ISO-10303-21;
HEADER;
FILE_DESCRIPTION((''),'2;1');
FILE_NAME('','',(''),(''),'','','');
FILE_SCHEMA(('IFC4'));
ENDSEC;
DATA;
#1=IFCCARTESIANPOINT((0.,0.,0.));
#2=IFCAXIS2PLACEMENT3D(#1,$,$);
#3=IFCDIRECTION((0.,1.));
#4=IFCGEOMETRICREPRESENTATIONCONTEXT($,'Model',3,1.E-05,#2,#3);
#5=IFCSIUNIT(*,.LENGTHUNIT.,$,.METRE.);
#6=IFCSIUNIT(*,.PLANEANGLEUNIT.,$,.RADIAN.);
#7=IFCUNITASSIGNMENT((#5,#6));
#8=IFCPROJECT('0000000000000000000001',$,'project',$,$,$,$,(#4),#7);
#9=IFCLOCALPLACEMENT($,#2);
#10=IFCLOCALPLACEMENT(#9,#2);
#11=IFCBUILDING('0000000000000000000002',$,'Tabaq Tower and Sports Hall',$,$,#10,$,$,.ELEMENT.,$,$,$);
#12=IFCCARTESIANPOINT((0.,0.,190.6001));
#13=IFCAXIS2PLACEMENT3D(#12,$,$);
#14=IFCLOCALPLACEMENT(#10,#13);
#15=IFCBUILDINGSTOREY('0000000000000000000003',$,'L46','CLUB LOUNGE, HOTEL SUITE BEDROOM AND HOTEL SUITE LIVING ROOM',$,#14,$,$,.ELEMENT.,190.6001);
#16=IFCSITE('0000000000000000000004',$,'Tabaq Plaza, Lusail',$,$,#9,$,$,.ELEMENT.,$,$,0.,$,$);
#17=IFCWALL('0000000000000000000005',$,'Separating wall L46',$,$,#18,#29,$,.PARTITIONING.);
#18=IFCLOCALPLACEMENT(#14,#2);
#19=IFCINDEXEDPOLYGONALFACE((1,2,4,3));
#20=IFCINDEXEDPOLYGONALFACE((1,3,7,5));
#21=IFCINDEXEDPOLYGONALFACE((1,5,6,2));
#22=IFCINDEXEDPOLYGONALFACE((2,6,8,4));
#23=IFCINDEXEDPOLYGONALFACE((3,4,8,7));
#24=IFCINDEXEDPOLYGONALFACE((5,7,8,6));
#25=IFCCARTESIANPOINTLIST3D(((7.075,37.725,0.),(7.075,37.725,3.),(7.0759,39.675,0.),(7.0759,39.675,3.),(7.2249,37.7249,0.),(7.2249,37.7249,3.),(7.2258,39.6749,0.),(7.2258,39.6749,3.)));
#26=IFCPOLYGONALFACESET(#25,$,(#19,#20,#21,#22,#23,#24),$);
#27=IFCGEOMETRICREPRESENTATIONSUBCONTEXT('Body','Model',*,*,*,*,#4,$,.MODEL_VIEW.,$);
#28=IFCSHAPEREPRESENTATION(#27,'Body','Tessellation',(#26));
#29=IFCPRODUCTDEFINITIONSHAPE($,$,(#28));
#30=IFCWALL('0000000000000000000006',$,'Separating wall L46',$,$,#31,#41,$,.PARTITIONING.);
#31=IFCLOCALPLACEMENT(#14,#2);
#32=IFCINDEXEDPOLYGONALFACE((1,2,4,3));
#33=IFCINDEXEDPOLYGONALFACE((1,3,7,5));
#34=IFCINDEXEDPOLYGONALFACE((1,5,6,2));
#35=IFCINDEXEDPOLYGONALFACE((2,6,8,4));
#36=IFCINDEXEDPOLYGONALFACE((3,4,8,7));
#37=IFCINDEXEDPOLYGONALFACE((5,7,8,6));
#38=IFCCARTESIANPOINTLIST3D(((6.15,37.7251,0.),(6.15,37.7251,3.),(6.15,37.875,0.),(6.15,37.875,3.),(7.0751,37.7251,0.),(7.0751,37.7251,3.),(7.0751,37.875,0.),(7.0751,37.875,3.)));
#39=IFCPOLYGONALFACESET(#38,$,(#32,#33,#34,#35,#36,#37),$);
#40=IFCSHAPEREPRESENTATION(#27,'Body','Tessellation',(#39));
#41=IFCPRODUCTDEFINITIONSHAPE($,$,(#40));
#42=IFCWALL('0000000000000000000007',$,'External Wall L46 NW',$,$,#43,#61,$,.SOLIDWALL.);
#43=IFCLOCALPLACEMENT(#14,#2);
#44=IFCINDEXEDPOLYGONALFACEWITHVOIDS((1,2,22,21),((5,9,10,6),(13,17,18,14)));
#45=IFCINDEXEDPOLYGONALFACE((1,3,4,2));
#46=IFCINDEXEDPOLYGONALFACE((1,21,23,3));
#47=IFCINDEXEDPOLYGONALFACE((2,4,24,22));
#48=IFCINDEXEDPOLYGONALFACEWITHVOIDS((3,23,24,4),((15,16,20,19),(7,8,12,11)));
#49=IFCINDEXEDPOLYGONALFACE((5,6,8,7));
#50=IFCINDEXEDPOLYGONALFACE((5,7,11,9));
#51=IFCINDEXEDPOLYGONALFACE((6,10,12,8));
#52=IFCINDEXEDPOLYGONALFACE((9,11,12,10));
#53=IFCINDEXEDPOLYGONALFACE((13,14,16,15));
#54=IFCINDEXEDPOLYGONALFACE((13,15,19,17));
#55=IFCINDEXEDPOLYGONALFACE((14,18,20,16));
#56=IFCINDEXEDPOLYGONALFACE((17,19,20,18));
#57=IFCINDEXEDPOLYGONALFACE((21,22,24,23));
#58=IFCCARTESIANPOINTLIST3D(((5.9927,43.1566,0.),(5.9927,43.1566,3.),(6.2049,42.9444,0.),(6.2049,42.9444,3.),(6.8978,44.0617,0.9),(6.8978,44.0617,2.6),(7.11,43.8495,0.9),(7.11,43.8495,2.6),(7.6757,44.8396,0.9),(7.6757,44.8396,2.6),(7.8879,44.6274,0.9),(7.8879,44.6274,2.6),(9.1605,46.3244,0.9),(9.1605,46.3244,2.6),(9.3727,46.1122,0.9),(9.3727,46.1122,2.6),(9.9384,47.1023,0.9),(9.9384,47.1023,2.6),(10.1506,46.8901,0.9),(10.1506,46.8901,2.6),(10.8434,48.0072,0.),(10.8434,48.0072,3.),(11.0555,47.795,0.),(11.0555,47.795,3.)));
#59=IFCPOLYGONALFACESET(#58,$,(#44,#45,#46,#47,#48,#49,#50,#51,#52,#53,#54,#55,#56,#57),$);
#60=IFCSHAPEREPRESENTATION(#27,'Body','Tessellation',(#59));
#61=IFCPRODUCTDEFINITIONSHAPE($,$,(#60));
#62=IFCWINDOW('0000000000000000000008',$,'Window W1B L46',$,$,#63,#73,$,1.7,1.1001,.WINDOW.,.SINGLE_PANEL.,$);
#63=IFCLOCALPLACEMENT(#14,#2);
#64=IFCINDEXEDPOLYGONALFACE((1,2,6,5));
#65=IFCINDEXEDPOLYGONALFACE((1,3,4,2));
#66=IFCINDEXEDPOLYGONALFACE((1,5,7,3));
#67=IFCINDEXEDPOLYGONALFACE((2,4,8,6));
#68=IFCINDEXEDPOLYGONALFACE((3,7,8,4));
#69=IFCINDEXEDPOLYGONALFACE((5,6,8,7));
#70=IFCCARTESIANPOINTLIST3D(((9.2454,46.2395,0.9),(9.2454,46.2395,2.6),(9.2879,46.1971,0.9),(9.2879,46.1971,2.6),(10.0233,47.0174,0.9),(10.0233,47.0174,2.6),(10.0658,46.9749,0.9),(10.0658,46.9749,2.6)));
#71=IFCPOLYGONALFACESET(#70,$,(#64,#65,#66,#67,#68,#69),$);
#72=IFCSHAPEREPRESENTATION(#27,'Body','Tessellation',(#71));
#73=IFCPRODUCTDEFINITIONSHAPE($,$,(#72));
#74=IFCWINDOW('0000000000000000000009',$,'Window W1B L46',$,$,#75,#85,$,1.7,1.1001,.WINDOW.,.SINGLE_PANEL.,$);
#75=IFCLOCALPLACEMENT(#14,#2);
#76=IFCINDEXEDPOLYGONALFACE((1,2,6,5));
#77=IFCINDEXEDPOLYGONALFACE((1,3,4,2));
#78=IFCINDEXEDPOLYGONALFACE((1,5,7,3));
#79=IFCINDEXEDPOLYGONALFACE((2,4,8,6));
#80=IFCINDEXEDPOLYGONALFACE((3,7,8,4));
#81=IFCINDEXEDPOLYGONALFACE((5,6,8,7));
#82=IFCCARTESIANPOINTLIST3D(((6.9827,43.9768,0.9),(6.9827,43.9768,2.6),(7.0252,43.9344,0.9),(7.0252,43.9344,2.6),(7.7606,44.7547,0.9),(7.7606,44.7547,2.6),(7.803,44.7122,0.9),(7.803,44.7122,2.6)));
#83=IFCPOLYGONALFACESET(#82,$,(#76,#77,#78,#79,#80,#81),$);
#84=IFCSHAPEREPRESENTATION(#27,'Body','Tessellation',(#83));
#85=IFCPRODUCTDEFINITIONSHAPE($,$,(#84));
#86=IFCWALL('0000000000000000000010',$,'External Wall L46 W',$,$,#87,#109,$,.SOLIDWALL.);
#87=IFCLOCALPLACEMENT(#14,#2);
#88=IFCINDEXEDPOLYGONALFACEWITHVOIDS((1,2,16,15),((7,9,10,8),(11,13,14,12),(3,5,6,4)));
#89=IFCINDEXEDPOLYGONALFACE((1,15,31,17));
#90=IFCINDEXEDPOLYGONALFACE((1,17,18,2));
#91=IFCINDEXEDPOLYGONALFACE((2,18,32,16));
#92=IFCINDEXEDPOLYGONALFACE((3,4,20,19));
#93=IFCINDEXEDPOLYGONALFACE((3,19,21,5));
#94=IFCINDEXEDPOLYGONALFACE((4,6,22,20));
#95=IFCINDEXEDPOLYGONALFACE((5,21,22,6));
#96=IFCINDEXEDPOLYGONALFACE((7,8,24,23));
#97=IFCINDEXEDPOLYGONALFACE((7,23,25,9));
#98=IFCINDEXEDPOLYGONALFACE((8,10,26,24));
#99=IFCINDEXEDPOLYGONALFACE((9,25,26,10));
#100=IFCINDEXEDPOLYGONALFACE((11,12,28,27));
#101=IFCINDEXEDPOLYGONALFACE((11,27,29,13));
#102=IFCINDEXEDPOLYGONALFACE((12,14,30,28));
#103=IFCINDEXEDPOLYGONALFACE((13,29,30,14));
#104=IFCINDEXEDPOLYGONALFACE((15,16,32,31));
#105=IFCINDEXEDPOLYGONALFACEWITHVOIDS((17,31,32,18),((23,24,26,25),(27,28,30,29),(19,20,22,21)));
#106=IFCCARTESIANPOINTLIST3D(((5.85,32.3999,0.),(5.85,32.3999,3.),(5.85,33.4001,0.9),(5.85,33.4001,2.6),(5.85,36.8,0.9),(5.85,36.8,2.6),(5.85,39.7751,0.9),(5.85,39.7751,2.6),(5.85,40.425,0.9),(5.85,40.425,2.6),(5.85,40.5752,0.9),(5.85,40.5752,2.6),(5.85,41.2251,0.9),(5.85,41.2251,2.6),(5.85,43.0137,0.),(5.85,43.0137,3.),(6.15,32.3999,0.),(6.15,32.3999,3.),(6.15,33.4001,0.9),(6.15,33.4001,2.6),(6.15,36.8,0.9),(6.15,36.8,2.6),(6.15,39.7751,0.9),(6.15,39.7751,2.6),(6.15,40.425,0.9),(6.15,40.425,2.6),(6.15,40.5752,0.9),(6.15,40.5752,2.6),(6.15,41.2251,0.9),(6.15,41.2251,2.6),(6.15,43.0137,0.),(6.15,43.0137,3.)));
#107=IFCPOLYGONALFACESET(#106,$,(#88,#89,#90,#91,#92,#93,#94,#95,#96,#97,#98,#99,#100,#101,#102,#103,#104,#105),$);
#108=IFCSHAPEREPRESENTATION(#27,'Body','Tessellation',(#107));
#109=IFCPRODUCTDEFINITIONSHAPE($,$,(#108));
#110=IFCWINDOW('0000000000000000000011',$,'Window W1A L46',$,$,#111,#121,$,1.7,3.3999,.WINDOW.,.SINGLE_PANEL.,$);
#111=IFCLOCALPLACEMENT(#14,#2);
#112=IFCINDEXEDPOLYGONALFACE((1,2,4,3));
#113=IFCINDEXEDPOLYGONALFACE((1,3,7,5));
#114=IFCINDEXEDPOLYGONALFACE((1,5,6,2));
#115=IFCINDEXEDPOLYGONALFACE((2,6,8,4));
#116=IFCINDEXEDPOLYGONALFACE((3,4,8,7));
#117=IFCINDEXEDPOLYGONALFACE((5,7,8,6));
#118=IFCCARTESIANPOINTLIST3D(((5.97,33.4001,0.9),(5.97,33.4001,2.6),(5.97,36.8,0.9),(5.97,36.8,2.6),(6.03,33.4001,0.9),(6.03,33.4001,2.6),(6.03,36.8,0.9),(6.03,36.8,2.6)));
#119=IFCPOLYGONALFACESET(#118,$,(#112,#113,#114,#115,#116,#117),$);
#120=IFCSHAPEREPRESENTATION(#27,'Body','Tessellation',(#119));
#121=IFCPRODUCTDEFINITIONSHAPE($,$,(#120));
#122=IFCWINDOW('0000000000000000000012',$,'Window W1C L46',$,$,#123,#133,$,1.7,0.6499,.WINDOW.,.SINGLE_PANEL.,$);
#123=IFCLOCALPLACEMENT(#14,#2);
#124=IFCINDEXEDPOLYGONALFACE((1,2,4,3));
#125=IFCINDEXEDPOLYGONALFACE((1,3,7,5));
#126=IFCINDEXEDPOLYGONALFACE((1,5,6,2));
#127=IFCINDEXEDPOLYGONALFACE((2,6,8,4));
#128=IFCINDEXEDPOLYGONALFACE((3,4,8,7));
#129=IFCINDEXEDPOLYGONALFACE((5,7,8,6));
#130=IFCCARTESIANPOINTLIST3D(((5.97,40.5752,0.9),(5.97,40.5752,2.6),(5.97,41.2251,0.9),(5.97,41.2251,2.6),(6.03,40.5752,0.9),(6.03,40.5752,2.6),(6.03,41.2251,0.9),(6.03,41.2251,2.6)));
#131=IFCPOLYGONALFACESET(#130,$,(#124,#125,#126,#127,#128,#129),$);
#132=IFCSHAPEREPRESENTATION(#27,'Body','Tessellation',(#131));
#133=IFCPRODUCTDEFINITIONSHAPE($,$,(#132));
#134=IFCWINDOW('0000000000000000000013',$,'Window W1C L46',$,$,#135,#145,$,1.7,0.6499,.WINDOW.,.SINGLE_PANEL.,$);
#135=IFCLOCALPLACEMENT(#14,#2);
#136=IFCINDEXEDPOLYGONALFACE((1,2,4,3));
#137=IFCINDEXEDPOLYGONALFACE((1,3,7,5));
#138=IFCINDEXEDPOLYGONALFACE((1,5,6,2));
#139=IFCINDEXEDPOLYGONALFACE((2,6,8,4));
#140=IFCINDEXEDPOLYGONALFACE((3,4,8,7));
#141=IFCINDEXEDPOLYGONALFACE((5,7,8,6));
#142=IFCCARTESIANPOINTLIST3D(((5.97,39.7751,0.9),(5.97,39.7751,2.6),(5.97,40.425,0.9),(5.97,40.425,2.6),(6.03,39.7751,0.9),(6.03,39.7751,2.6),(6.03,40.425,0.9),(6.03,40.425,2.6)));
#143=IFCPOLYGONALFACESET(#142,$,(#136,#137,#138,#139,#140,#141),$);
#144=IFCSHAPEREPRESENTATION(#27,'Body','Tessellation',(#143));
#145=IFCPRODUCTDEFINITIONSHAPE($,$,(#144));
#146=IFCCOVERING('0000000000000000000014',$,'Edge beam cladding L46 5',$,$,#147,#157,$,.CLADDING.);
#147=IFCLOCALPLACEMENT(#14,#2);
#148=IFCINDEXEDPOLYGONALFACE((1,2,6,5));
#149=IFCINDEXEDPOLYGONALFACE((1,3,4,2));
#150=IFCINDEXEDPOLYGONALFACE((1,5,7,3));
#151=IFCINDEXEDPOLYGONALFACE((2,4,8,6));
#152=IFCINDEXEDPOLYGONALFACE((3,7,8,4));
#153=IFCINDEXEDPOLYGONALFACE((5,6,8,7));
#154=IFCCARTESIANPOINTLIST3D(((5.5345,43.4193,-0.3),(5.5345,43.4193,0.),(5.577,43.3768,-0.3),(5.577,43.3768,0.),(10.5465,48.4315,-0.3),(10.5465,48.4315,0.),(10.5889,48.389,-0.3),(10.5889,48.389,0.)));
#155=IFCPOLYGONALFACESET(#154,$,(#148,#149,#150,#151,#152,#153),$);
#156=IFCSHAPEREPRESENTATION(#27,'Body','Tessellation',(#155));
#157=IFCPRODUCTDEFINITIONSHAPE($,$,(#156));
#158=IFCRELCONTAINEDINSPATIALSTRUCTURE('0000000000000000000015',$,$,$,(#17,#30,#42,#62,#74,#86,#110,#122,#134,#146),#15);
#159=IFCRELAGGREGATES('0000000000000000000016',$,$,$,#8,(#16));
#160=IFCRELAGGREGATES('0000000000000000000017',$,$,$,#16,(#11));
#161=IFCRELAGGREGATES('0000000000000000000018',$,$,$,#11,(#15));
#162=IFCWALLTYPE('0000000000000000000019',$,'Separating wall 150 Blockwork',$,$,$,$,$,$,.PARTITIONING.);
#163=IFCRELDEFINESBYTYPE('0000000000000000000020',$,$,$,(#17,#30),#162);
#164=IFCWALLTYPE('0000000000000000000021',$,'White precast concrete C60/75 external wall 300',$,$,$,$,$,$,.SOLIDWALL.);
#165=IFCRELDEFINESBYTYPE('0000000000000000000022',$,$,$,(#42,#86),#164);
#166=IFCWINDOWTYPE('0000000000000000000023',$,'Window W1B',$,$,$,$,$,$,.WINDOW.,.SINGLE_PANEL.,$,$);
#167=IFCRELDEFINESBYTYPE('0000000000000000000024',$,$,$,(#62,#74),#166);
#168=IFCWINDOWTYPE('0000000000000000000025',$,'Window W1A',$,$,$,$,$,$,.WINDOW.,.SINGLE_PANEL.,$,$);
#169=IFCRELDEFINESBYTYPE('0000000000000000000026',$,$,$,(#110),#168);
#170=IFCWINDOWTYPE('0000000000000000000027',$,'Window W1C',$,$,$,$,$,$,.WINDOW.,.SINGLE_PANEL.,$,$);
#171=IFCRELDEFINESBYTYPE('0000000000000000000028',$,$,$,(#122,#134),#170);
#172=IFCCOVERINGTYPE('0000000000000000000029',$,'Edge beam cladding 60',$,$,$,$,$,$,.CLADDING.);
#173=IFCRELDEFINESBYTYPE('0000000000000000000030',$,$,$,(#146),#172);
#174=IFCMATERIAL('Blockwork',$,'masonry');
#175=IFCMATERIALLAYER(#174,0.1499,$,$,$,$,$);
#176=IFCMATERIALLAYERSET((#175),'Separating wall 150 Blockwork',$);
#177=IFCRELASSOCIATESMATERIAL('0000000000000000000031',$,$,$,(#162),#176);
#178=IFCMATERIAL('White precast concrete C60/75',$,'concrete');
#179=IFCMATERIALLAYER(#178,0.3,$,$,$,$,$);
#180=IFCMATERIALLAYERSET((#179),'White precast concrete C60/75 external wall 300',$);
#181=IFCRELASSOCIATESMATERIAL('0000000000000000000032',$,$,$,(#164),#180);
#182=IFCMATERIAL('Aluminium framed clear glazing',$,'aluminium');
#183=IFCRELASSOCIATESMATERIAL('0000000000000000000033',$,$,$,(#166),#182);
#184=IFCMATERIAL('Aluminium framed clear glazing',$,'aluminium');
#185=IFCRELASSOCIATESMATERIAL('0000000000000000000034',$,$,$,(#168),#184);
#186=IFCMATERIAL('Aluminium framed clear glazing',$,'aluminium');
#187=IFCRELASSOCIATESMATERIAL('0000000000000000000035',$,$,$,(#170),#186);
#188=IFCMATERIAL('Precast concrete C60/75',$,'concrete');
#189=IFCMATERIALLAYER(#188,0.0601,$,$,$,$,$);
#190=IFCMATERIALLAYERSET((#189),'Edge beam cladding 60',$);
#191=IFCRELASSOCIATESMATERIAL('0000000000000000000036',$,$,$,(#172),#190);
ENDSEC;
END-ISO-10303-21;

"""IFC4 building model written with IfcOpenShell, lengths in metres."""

from ifc_helpers import new_model, si_unit, direction, frame, frame_2d, origin, place, context, subcontext, project, spatial, rectangle, extrude, material, layer, layer_set, type_object, element, fill, save


model = new_model("IFC4")

# Units and contexts
model_context = context("Model", 3, precision=1e-05, world=origin(), true_north=direction((0.0, 1.0)))
body_context = subcontext(model_context, "Body", "Model", "MODEL_VIEW")
ifc_project = project(units=[si_unit("LENGTHUNIT", "METRE"), si_unit("PLANEANGLEUNIT", "RADIAN")], contexts=[model_context])

# Site, building, storey
site_placement = place(None, origin())
site = spatial("IfcSite", under=ifc_project, at=site_placement, Name="Tabaq Plaza, Lusail", CompositionType="ELEMENT", RefElevation=0.0)
building_placement = place(site_placement, origin())
building = spatial("IfcBuilding", under=site, at=building_placement, Name="Tabaq Tower and Sports Hall", CompositionType="ELEMENT")
storey_placement = place(building_placement, frame((0.0, 0.0, 190.6001)))
storey = spatial("IfcBuildingStorey", under=building, at=storey_placement, Name="L46", Description="CLUB LOUNGE, HOTEL SUITE BEDROOM AND HOTEL SUITE LIVING ROOM", CompositionType="ELEMENT", Elevation=190.6001)

# Walls
ifc_material_1 = material(Name="Blockwork", Category="masonry")
ifc_layer_1 = layer(ifc_material_1, 0.1499)
ifc_layer_set_1 = layer_set([ifc_layer_1], Name="Separating wall 150 Blockwork")
wall_type_1 = type_object("IfcWallType", Name="Separating wall 150 Blockwork", PredefinedType="PARTITIONING", material=ifc_layer_set_1)
wall_1_placement = place(storey_placement, frame((7.1509, 39.675, 0.0), z_axis=(0.0, 0.0, 1.0), x_axis=(-0.000501, -1.0, 0.0)))
element("IfcWall", 1, at=wall_1_placement, inside=storey, type_object=wall_type_1, Name="Separating wall L46", PredefinedType="PARTITIONING", context=body_context, shape_type="SweptSolid", body=[
    extrude(rectangle(XDim=1.95, YDim=0.1499, at=frame_2d((0.9751, 0.0))), origin(), (0.0, 0.0, 1.0), 3.0),
])
wall_2_placement = place(storey_placement, frame((7.075, 37.8, 0.0), z_axis=(0.0, 0.0, 1.0), x_axis=(-1.0, 0.0, 0.0)))
element("IfcWall", 2, at=wall_2_placement, inside=storey, type_object=wall_type_1, Name="Separating wall L46", PredefinedType="PARTITIONING", context=body_context, shape_type="SweptSolid", body=[
    extrude(rectangle(XDim=0.925, YDim=0.1499, at=frame_2d((0.4624, 0.0))), origin(), (0.0, 0.0, 1.0), 3.0),
])

# Walls, openings, windows
ifc_material_2 = material(Name="White precast concrete C60/75", Category="concrete")
ifc_layer_2 = layer(ifc_material_2, 0.3)
ifc_layer_set_2 = layer_set([ifc_layer_2], Name="White precast concrete C60/75 external wall 300")
wall_type_2 = type_object("IfcWallType", Name="White precast concrete C60/75 external wall 300", PredefinedType="SOLIDWALL", material=ifc_layer_set_2)
wall_3_placement = place(storey_placement, frame((10.9495, 47.9011, 0.0), z_axis=(0.0, 0.0, 1.0), x_axis=(-0.707107, -0.707107, 0.0)))
wall_3 = element("IfcWall", 3, at=wall_3_placement, inside=storey, type_object=wall_type_2, Name="External Wall L46 NW", PredefinedType="SOLIDWALL", context=body_context, shape_type="SweptSolid", body=[
    extrude(rectangle(XDim=6.8599, YDim=0.3, at=frame_2d((3.4299, 0.0))), origin(), (0.0, 0.0, 1.0), 3.0),
])
opening_1_placement = place(wall_3_placement, frame((1.2798, 0.0, 0.8999)))
opening_1 = element("IfcOpeningElement", 4, at=opening_1_placement, cuts=wall_3, PredefinedType="OPENING", context=body_context, shape_type="SweptSolid", body=[
    extrude(rectangle(XDim=1.1001, YDim=1.7, at=frame_2d((0.55, 0.8501))), frame((0.0, 0.1602, 0.0), z_axis=(0.0, -1.0, 0.0), x_axis=(1.0, 0.0, 0.0)), (0.0, 0.0, 1.0), 0.3201),
])
opening_2_placement = place(wall_3_placement, frame((4.4797, 0.0, 0.8999)))
opening_2 = element("IfcOpeningElement", 5, at=opening_2_placement, cuts=wall_3, PredefinedType="OPENING", context=body_context, shape_type="SweptSolid", body=[
    extrude(rectangle(XDim=1.1001, YDim=1.7, at=frame_2d((0.55, 0.8501))), frame((0.0, 0.1602, 0.0), z_axis=(0.0, -1.0, 0.0), x_axis=(1.0, 0.0, 0.0)), (0.0, 0.0, 1.0), 0.3201),
])
ifc_material_3 = material(Name="Aluminium framed clear glazing", Category="aluminium")
window_type_1 = type_object("IfcWindowType", Name="Window W1B", PartitioningType="SINGLE_PANEL", PredefinedType="WINDOW", material=ifc_material_3)
window_1_placement = place(opening_1_placement, origin())
window_1 = element("IfcWindow", 6, at=window_1_placement, inside=storey, type_object=window_type_1, Name="Window W1B L46", OverallHeight=1.7, OverallWidth=1.1001, PartitioningType="SINGLE_PANEL", PredefinedType="WINDOW", context=body_context, shape_type="SweptSolid", body=[
    extrude(rectangle(XDim=1.1001, YDim=1.7, at=frame_2d((0.55, 0.8501))), frame((0.0, 0.03, 0.0), z_axis=(0.0, -1.0, 0.0), x_axis=(1.0, 0.0, 0.0)), (0.0, 0.0, 1.0), 0.0601),
])
fill(opening_1, window_1)
window_2_placement = place(opening_2_placement, origin())
window_2 = element("IfcWindow", 7, at=window_2_placement, inside=storey, type_object=window_type_1, Name="Window W1B L46", OverallHeight=1.7, OverallWidth=1.1001, PartitioningType="SINGLE_PANEL", PredefinedType="WINDOW", context=body_context, shape_type="SweptSolid", body=[
    extrude(rectangle(XDim=1.1001, YDim=1.7, at=frame_2d((0.55, 0.8501))), frame((0.0, 0.03, 0.0), z_axis=(0.0, -1.0, 0.0), x_axis=(1.0, 0.0, 0.0)), (0.0, 0.0, 1.0), 0.0601),
])
fill(opening_2, window_2)
wall_4_placement = place(storey_placement, frame((6.0, 43.0137, 0.0), z_axis=(0.0, 0.0, 1.0), x_axis=(0.0, -1.0, 0.0)))
wall_4 = element("IfcWall", 8, at=wall_4_placement, inside=storey, type_object=wall_type_2, Name="External Wall L46 W", PredefinedType="SOLIDWALL", context=body_context, shape_type="SweptSolid", body=[
    extrude(rectangle(XDim=10.6138, YDim=0.3, at=frame_2d((5.3069, 0.0))), origin(), (0.0, 0.0, 1.0), 3.0),
])
opening_3_placement = place(wall_4_placement, frame((1.7886, 0.0, 0.8999)))
opening_3 = element("IfcOpeningElement", 9, at=opening_3_placement, cuts=wall_4, PredefinedType="OPENING", context=body_context, shape_type="SweptSolid", body=[
    extrude(rectangle(XDim=0.6499, YDim=1.7, at=frame_2d((0.325, 0.8501))), frame((0.0, 0.1602, 0.0), z_axis=(0.0, -1.0, 0.0), x_axis=(1.0, 0.0, 0.0)), (0.0, 0.0, 1.0), 0.3201),
])
opening_4_placement = place(wall_4_placement, frame((2.5886, 0.0, 0.8999)))
opening_4 = element("IfcOpeningElement", 10, at=opening_4_placement, cuts=wall_4, PredefinedType="OPENING", context=body_context, shape_type="SweptSolid", body=[
    extrude(rectangle(XDim=0.6499, YDim=1.7, at=frame_2d((0.325, 0.8501))), frame((0.0, 0.1602, 0.0), z_axis=(0.0, -1.0, 0.0), x_axis=(1.0, 0.0, 0.0)), (0.0, 0.0, 1.0), 0.3201),
])
opening_5_placement = place(wall_4_placement, frame((6.2136, 0.0, 0.8999)))
opening_5 = element("IfcOpeningElement", 11, at=opening_5_placement, cuts=wall_4, PredefinedType="OPENING", context=body_context, shape_type="SweptSolid", body=[
    extrude(rectangle(XDim=3.3999, YDim=1.7, at=frame_2d((1.7, 0.8501))), frame((0.0, 0.1602, 0.0), z_axis=(0.0, -1.0, 0.0), x_axis=(1.0, 0.0, 0.0)), (0.0, 0.0, 1.0), 0.3201),
])
ifc_material_4 = material(Name="Aluminium framed clear glazing", Category="aluminium")
window_type_2 = type_object("IfcWindowType", Name="Window W1A", PartitioningType="SINGLE_PANEL", PredefinedType="WINDOW", material=ifc_material_4)
window_3_placement = place(opening_5_placement, origin())
window_3 = element("IfcWindow", 12, at=window_3_placement, inside=storey, type_object=window_type_2, Name="Window W1A L46", OverallHeight=1.7, OverallWidth=3.3999, PartitioningType="SINGLE_PANEL", PredefinedType="WINDOW", context=body_context, shape_type="SweptSolid", body=[
    extrude(rectangle(XDim=3.3999, YDim=1.7, at=frame_2d((1.7, 0.8501))), frame((0.0, 0.03, 0.0), z_axis=(0.0, -1.0, 0.0), x_axis=(1.0, 0.0, 0.0)), (0.0, 0.0, 1.0), 0.0601),
])
fill(opening_5, window_3)
ifc_material_5 = material(Name="Aluminium framed clear glazing", Category="aluminium")
window_type_3 = type_object("IfcWindowType", Name="Window W1C", PartitioningType="SINGLE_PANEL", PredefinedType="WINDOW", material=ifc_material_5)
window_4_placement = place(opening_3_placement, origin())
window_4 = element("IfcWindow", 13, at=window_4_placement, inside=storey, type_object=window_type_3, Name="Window W1C L46", OverallHeight=1.7, OverallWidth=0.6499, PartitioningType="SINGLE_PANEL", PredefinedType="WINDOW", context=body_context, shape_type="SweptSolid", body=[
    extrude(rectangle(XDim=0.6499, YDim=1.7, at=frame_2d((0.325, 0.8501))), frame((0.0, 0.03, 0.0), z_axis=(0.0, -1.0, 0.0), x_axis=(1.0, 0.0, 0.0)), (0.0, 0.0, 1.0), 0.0601),
])
fill(opening_3, window_4)
window_5_placement = place(opening_4_placement, origin())
window_5 = element("IfcWindow", 14, at=window_5_placement, inside=storey, type_object=window_type_3, Name="Window W1C L46", OverallHeight=1.7, OverallWidth=0.6499, PartitioningType="SINGLE_PANEL", PredefinedType="WINDOW", context=body_context, shape_type="SweptSolid", body=[
    extrude(rectangle(XDim=0.6499, YDim=1.7, at=frame_2d((0.325, 0.8501))), frame((0.0, 0.03, 0.0), z_axis=(0.0, -1.0, 0.0), x_axis=(1.0, 0.0, 0.0)), (0.0, 0.0, 1.0), 0.0601),
])
fill(opening_4, window_5)

# Covering
ifc_material_6 = material(Name="Precast concrete C60/75", Category="concrete")
ifc_layer_3 = layer(ifc_material_6, 0.0601)
ifc_layer_set_3 = layer_set([ifc_layer_3], Name="Edge beam cladding 60")
covering_type_1 = type_object("IfcCoveringType", Name="Edge beam cladding 60", PredefinedType="CLADDING", material=ifc_layer_set_3)
covering_1_placement = place(storey_placement, frame((10.5676, 48.4102, -0.3), z_axis=(0.0, 0.0, 1.0), x_axis=(-0.70709, -0.707124, 0.0)))
element("IfcCovering", 15, at=covering_1_placement, inside=storey, type_object=covering_type_1, Name="Edge beam cladding L46 5", PredefinedType="CLADDING", context=body_context, shape_type="SweptSolid", body=[
    extrude(rectangle(XDim=7.0881, YDim=0.0601, at=frame_2d((3.5439, 0.0))), origin(), (0.0, 0.0, 1.0), 0.3),
])

save(model, "model.ifc")
